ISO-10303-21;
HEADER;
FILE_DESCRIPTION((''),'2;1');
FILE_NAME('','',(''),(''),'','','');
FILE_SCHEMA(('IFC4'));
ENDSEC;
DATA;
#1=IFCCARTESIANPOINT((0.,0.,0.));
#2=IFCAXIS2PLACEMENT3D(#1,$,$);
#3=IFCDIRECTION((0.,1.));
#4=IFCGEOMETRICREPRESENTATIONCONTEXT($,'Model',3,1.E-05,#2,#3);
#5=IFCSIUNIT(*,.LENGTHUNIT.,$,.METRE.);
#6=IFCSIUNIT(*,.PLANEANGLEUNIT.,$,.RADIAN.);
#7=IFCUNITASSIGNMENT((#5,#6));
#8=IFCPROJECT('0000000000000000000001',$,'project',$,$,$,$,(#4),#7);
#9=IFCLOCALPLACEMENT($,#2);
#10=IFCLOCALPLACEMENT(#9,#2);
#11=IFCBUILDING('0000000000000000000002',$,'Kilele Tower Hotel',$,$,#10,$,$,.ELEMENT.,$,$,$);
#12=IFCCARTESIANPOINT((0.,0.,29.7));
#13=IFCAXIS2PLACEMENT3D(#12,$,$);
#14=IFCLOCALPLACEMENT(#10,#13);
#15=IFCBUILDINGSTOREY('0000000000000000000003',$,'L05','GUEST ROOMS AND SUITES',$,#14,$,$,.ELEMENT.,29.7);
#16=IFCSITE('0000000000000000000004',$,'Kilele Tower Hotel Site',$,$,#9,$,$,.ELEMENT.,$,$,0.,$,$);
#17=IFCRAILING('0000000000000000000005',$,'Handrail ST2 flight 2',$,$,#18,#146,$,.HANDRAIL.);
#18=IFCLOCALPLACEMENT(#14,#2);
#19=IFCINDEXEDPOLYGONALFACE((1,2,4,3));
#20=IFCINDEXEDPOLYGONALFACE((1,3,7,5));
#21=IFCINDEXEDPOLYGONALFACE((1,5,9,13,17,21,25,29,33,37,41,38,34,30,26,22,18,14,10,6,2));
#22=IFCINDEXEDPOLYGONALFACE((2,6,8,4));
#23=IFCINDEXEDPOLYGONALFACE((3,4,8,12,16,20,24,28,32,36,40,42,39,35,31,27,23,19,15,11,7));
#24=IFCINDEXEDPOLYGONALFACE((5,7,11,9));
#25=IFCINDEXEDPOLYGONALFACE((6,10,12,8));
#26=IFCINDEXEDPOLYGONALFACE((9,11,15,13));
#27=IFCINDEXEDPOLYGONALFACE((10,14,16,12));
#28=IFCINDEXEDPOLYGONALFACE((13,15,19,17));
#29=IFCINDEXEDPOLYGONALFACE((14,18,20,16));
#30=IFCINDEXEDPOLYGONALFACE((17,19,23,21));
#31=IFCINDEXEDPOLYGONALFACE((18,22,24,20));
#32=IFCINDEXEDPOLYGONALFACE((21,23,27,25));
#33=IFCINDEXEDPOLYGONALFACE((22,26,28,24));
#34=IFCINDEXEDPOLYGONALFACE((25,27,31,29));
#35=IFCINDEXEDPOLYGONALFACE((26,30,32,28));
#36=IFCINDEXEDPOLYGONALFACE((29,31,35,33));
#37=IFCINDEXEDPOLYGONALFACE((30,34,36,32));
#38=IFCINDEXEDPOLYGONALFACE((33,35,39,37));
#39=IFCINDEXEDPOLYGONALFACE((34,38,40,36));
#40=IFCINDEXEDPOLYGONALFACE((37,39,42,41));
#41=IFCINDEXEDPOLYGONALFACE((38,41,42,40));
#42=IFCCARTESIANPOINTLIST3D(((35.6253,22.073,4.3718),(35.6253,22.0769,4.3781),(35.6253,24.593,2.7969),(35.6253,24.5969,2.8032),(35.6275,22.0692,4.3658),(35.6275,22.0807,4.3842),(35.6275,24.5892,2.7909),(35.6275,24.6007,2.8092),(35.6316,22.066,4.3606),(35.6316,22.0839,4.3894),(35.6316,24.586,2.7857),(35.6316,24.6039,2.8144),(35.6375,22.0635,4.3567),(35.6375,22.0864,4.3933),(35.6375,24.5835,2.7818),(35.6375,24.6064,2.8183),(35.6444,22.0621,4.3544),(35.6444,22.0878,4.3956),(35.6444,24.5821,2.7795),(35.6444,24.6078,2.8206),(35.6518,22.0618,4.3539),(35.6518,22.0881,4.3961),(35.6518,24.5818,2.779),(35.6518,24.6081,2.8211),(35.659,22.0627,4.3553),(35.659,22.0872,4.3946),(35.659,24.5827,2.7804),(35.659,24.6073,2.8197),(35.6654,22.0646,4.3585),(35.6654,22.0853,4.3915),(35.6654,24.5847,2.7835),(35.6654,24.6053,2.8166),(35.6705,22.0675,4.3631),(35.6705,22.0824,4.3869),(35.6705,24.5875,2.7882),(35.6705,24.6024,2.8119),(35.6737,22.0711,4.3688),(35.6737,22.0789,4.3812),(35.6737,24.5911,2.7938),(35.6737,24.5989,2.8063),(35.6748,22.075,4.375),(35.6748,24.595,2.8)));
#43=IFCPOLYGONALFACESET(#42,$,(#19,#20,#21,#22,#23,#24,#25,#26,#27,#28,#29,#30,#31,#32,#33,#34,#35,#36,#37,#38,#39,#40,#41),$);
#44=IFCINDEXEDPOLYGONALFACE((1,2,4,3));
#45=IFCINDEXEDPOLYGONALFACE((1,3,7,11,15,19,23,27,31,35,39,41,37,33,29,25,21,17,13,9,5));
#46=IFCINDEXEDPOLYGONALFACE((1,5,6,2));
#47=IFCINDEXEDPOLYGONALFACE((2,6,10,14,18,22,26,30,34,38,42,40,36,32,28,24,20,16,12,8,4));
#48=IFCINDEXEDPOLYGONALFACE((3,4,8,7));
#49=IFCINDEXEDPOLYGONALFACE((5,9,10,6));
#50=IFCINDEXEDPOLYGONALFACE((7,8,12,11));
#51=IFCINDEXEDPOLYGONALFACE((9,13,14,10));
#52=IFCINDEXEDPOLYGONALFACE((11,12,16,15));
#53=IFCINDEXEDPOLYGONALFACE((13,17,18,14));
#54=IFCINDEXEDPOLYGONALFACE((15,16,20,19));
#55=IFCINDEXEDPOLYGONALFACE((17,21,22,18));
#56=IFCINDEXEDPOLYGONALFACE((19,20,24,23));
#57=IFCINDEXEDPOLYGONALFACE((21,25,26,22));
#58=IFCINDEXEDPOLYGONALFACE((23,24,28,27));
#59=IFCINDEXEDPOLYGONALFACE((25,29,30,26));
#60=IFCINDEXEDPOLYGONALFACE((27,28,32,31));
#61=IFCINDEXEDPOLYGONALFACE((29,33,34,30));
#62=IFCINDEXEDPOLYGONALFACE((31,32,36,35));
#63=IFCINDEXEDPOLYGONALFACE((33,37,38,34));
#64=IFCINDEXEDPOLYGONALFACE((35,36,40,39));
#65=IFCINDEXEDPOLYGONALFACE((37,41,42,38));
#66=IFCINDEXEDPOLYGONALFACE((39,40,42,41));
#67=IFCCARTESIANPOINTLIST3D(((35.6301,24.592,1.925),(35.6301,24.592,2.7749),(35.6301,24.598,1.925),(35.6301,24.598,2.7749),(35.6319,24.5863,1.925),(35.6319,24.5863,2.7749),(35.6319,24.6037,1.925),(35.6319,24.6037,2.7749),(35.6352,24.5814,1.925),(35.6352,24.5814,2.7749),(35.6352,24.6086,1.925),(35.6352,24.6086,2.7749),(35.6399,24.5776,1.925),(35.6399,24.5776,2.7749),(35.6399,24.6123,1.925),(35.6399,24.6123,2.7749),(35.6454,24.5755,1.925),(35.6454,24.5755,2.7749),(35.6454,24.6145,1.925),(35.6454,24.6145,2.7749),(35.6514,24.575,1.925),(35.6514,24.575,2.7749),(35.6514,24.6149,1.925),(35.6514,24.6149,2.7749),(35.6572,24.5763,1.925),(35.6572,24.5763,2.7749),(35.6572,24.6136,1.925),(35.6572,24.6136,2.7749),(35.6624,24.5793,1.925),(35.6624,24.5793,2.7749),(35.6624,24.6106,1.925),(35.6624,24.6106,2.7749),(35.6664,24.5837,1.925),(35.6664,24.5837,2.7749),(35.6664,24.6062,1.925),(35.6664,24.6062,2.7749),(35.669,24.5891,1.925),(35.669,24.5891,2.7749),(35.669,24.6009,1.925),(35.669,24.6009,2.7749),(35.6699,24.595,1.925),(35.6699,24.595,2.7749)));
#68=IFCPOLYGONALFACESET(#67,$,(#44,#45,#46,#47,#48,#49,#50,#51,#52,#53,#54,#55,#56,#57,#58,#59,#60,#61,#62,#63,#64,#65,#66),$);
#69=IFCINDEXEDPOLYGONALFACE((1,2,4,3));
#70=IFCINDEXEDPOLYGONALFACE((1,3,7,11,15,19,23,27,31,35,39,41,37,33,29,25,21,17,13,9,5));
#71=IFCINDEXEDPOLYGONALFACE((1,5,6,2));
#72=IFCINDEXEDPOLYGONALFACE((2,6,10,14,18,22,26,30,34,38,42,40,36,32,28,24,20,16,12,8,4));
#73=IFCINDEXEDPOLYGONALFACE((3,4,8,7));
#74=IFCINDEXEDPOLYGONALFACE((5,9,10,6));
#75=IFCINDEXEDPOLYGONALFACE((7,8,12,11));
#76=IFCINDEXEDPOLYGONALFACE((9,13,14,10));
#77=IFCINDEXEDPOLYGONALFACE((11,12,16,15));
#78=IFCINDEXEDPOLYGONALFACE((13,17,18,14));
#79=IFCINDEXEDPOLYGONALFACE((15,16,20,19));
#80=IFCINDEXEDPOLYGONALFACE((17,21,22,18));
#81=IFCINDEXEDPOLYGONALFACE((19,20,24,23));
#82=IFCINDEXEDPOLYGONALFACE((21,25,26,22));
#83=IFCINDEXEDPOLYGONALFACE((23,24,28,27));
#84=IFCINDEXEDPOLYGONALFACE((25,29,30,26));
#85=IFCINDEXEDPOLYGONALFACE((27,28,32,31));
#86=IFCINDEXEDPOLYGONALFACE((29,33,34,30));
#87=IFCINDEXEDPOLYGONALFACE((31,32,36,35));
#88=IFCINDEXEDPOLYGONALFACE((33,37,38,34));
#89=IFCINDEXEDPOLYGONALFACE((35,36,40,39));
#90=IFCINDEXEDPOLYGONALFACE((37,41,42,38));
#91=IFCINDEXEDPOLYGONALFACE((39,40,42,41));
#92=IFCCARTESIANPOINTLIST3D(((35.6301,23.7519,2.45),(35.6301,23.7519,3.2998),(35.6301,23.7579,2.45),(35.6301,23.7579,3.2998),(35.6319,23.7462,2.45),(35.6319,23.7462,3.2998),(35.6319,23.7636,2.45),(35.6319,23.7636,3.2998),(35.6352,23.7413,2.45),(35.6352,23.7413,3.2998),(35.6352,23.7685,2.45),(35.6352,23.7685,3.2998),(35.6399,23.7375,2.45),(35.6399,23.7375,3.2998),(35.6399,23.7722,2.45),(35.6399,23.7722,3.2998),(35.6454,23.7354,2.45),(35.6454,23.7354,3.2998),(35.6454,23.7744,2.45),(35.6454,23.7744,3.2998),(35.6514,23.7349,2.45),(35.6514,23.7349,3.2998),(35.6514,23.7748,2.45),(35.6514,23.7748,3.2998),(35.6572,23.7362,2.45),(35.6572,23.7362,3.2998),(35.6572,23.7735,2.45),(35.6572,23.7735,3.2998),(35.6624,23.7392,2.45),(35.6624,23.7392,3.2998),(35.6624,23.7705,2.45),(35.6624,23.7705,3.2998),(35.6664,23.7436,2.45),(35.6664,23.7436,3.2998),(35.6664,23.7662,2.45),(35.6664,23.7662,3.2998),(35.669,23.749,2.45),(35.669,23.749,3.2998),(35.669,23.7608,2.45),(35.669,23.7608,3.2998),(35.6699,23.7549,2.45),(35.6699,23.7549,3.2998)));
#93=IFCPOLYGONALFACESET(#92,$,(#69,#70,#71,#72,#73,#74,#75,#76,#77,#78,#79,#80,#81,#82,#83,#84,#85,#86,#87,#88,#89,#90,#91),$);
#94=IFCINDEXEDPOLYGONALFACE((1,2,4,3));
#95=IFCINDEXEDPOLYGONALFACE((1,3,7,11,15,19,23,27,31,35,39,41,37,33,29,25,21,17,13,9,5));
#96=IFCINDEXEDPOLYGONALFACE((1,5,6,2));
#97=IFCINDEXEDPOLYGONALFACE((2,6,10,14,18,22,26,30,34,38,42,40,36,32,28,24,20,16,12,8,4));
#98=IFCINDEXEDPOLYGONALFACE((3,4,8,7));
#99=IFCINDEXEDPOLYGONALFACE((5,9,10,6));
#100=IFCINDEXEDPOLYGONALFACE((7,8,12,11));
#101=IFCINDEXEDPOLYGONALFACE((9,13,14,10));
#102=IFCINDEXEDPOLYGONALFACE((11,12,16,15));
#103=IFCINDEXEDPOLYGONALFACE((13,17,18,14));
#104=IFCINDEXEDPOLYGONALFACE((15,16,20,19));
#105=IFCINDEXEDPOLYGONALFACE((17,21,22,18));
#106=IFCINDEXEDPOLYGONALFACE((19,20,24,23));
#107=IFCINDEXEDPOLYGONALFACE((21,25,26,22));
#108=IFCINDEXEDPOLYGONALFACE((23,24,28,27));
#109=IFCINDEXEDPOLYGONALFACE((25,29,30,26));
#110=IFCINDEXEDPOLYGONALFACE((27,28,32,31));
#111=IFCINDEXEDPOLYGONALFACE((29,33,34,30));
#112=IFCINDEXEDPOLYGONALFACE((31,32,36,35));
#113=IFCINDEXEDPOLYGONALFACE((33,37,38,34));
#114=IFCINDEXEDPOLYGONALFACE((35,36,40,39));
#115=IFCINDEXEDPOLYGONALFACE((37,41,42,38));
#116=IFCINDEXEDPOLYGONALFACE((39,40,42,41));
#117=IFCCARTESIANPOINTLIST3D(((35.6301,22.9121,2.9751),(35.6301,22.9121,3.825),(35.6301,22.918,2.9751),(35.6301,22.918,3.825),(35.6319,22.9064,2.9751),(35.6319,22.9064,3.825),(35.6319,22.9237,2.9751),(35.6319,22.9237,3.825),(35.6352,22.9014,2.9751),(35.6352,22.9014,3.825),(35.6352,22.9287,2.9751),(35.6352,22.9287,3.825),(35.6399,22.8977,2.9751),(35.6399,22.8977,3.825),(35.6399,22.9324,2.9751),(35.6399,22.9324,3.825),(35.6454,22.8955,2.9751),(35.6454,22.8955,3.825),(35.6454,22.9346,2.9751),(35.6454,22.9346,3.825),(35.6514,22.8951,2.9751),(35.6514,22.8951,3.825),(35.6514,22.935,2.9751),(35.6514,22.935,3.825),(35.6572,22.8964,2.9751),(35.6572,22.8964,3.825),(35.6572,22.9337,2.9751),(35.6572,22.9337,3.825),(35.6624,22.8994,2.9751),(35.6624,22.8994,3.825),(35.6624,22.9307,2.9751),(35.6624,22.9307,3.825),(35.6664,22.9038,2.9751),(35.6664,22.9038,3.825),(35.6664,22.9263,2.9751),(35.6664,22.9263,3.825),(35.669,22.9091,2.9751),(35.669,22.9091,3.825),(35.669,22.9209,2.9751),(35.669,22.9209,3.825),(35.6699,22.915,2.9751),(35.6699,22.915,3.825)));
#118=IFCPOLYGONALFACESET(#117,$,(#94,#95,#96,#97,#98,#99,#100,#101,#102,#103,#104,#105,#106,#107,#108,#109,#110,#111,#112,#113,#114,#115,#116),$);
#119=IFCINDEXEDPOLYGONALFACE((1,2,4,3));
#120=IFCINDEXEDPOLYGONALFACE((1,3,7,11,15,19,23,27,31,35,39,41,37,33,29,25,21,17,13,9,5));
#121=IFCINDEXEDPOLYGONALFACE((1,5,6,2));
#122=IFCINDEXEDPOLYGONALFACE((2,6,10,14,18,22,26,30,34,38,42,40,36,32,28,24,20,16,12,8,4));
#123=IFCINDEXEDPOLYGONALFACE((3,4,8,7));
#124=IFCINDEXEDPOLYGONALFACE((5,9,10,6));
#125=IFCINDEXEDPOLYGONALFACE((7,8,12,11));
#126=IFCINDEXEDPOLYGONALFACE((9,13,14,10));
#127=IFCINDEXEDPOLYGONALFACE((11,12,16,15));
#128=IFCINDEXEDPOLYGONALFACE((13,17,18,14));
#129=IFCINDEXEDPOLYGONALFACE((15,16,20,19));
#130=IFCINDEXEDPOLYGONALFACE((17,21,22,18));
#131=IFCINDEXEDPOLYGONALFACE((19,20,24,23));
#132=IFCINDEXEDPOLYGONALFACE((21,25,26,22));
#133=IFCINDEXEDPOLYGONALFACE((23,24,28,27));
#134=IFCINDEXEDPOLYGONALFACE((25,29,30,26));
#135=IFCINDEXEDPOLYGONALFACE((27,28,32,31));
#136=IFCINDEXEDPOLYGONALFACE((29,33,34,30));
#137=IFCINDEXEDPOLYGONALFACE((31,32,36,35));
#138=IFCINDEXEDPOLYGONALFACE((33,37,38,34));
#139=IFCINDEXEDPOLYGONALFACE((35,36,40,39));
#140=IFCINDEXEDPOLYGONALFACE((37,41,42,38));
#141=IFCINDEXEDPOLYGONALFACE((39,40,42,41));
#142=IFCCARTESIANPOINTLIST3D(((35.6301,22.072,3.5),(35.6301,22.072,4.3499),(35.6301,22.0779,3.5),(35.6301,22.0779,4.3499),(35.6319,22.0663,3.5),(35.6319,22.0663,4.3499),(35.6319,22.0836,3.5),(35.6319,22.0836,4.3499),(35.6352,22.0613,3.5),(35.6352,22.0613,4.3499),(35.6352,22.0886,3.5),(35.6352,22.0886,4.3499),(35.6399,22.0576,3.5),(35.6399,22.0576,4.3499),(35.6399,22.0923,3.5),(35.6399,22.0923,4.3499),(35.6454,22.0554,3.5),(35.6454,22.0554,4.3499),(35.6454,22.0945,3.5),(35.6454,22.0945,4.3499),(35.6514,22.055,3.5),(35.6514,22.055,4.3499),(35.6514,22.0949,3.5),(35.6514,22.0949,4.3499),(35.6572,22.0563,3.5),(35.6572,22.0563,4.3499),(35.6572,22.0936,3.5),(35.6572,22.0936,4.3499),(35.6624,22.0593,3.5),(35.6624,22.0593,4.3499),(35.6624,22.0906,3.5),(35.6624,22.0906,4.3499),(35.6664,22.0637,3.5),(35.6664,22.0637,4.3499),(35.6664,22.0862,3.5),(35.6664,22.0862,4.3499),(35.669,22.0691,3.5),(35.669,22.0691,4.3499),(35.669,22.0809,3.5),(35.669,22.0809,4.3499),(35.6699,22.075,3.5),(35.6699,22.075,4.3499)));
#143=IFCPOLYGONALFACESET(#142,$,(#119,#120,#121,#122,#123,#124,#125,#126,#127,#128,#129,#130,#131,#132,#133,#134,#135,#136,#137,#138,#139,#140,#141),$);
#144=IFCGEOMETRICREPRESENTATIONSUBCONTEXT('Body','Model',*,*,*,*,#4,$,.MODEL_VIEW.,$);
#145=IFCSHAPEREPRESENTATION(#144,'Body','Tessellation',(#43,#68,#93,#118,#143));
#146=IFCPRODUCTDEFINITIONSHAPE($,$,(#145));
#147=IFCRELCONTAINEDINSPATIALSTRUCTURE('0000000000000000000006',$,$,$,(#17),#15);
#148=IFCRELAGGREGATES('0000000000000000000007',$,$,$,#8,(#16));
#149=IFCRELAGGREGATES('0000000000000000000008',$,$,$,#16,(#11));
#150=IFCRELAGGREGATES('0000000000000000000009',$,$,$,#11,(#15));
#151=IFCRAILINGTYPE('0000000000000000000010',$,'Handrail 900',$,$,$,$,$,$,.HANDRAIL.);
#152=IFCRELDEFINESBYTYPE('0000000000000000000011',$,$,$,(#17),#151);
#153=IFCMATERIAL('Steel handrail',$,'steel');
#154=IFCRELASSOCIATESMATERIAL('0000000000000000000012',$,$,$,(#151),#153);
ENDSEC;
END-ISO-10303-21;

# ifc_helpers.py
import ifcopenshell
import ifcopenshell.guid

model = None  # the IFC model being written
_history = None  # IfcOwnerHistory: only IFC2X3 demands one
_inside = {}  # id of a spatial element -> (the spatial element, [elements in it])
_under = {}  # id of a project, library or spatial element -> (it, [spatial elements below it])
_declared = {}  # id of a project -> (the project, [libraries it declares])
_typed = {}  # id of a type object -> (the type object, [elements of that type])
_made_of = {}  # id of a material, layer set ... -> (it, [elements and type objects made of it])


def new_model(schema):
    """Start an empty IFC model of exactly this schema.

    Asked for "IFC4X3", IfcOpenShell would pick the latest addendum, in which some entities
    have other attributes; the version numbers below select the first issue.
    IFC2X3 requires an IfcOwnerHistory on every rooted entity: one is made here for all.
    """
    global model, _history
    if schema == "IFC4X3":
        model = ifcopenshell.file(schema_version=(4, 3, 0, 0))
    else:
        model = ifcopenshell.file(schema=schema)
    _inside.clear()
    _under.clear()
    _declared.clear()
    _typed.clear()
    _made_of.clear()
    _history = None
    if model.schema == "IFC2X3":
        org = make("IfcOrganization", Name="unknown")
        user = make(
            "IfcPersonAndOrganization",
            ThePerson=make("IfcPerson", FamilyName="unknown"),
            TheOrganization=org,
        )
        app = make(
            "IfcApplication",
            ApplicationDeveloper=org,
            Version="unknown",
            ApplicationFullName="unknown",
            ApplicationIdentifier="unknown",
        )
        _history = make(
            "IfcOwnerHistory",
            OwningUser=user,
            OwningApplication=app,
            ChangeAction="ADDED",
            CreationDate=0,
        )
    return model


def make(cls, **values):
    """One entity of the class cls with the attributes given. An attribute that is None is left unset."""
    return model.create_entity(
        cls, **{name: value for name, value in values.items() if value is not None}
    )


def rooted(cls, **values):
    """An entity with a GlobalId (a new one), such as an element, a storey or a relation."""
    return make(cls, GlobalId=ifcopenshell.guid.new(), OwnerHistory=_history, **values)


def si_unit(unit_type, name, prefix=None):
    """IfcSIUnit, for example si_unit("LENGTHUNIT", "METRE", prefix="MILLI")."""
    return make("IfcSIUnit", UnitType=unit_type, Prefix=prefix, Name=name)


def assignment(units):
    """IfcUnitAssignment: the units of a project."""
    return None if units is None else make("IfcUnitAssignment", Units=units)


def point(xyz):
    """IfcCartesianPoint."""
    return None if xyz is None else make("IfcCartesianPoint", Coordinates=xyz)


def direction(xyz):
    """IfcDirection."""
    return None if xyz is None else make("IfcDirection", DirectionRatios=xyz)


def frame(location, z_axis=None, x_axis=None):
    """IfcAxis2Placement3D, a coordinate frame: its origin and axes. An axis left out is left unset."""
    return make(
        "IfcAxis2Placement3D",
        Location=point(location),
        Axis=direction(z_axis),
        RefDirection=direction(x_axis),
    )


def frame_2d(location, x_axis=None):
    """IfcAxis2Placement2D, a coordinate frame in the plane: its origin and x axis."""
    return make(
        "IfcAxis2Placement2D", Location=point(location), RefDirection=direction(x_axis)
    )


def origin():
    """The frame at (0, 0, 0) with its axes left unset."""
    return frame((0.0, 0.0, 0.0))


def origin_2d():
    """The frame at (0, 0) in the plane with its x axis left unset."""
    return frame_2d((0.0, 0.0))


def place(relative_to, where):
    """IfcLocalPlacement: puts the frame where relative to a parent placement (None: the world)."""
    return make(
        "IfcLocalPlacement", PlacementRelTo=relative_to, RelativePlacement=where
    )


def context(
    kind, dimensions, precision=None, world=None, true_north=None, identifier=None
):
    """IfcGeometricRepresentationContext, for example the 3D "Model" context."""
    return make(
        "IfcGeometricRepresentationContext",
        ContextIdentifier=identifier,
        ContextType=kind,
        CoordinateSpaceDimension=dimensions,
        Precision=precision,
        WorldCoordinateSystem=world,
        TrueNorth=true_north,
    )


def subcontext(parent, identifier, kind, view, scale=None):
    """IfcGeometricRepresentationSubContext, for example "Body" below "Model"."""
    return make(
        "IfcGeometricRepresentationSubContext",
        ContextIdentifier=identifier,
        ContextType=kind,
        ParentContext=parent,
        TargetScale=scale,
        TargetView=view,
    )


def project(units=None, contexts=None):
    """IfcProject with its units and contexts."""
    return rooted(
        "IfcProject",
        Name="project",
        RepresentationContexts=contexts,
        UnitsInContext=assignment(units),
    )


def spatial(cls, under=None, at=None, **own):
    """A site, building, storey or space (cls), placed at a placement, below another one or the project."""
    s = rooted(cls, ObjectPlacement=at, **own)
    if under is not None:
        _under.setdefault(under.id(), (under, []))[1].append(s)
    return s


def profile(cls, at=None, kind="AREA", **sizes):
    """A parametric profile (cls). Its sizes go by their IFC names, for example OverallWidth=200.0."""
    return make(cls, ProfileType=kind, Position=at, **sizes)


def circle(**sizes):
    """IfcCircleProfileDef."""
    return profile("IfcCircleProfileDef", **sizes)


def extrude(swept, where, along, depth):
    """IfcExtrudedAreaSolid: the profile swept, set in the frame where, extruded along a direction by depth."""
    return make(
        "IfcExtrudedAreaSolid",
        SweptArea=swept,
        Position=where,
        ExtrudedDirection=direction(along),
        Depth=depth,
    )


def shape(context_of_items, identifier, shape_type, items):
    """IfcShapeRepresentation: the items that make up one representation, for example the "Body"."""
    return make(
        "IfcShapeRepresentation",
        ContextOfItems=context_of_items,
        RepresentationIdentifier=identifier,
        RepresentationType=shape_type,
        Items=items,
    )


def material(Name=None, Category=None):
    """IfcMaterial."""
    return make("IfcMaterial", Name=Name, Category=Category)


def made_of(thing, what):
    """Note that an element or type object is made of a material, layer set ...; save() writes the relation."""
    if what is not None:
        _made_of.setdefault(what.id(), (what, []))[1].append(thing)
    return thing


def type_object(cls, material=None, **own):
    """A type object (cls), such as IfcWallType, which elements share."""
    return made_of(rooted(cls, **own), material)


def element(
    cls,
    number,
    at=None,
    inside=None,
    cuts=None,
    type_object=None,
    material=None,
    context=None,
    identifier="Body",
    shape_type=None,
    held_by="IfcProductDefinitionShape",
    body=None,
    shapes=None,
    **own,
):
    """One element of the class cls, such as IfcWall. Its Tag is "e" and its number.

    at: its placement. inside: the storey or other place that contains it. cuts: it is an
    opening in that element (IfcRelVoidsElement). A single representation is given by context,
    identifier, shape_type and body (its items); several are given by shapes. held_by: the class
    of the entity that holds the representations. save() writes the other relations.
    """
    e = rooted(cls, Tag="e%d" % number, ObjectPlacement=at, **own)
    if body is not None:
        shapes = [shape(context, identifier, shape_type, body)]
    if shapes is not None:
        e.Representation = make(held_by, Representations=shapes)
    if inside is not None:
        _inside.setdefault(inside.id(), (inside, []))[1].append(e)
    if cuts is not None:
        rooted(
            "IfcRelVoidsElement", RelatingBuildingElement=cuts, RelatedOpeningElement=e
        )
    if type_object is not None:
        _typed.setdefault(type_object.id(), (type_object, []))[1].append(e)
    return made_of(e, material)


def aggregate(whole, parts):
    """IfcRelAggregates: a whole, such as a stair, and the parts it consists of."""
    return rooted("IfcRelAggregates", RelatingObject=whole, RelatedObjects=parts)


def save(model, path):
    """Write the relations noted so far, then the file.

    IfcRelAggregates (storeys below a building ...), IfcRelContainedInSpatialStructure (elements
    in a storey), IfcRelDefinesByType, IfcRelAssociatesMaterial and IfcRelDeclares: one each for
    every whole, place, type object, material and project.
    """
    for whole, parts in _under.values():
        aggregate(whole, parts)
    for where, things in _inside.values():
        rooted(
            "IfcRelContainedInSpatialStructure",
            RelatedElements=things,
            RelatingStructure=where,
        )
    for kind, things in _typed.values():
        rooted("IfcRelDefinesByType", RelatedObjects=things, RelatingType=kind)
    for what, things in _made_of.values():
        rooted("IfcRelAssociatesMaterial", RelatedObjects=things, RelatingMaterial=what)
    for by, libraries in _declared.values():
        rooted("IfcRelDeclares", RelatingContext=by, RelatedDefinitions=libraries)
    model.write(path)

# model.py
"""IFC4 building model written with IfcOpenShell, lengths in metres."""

from ifc_helpers import new_model, si_unit, direction, frame, origin, origin_2d, place, context, subcontext, project, spatial, circle, extrude, material, type_object, element, save


model = new_model("IFC4")

# Units and contexts
model_context = context("Model", 3, precision=1e-05, world=origin(), true_north=direction((0.0, 1.0)))
body_context = subcontext(model_context, "Body", "Model", "MODEL_VIEW")
ifc_project = project(units=[si_unit("LENGTHUNIT", "METRE"), si_unit("PLANEANGLEUNIT", "RADIAN")], contexts=[model_context])

# Site, building, storey
site_placement = place(None, origin())
site = spatial("IfcSite", under=ifc_project, at=site_placement, Name="Kilele Tower Hotel Site", CompositionType="ELEMENT", RefElevation=0.0)
building_placement = place(site_placement, origin())
building = spatial("IfcBuilding", under=site, at=building_placement, Name="Kilele Tower Hotel", CompositionType="ELEMENT")
storey_placement = place(building_placement, frame((0.0, 0.0, 29.7)))
storey = spatial("IfcBuildingStorey", under=building, at=storey_placement, Name="L05", Description="GUEST ROOMS AND SUITES", CompositionType="ELEMENT", Elevation=29.7)

# Railing
ifc_material_1 = material(Name="Steel handrail", Category="steel")
railing_type_1 = type_object("IfcRailingType", Name="Handrail 900", PredefinedType="HANDRAIL", material=ifc_material_1)
for number, where, name in (
    (1, (35.6499, 24.595, 1.925), "Handrail ST2 flight 2"),
):
    element("IfcRailing", number, at=place(storey_placement, frame(where)), inside=storey, type_object=railing_type_1, Name=name, PredefinedType="HANDRAIL", context=body_context, shape_type="SweptSolid", body=[
        extrude(circle(Radius=0.0249, at=origin_2d()), frame((0.0, 0.0, 0.875), z_axis=(0.0, -0.848008, 0.529984), x_axis=(1.0, 0.0, 0.0)), (0.0, 0.0, 1.0), 2.9717),
        extrude(circle(Radius=0.02, at=origin_2d()), origin(), (0.0, 0.0, 1.0), 0.8499),
        extrude(circle(Radius=0.02, at=origin_2d()), frame((0.0, -0.8401, 0.5249)), (0.0, 0.0, 1.0), 0.8499),
        extrude(circle(Radius=0.02, at=origin_2d()), frame((0.0, -1.6799, 1.05)), (0.0, 0.0, 1.0), 0.8499),
        extrude(circle(Radius=0.02, at=origin_2d()), frame((0.0, -2.52, 1.575)), (0.0, 0.0, 1.0), 0.8499),
    ])

save(model, "model.ifc")
